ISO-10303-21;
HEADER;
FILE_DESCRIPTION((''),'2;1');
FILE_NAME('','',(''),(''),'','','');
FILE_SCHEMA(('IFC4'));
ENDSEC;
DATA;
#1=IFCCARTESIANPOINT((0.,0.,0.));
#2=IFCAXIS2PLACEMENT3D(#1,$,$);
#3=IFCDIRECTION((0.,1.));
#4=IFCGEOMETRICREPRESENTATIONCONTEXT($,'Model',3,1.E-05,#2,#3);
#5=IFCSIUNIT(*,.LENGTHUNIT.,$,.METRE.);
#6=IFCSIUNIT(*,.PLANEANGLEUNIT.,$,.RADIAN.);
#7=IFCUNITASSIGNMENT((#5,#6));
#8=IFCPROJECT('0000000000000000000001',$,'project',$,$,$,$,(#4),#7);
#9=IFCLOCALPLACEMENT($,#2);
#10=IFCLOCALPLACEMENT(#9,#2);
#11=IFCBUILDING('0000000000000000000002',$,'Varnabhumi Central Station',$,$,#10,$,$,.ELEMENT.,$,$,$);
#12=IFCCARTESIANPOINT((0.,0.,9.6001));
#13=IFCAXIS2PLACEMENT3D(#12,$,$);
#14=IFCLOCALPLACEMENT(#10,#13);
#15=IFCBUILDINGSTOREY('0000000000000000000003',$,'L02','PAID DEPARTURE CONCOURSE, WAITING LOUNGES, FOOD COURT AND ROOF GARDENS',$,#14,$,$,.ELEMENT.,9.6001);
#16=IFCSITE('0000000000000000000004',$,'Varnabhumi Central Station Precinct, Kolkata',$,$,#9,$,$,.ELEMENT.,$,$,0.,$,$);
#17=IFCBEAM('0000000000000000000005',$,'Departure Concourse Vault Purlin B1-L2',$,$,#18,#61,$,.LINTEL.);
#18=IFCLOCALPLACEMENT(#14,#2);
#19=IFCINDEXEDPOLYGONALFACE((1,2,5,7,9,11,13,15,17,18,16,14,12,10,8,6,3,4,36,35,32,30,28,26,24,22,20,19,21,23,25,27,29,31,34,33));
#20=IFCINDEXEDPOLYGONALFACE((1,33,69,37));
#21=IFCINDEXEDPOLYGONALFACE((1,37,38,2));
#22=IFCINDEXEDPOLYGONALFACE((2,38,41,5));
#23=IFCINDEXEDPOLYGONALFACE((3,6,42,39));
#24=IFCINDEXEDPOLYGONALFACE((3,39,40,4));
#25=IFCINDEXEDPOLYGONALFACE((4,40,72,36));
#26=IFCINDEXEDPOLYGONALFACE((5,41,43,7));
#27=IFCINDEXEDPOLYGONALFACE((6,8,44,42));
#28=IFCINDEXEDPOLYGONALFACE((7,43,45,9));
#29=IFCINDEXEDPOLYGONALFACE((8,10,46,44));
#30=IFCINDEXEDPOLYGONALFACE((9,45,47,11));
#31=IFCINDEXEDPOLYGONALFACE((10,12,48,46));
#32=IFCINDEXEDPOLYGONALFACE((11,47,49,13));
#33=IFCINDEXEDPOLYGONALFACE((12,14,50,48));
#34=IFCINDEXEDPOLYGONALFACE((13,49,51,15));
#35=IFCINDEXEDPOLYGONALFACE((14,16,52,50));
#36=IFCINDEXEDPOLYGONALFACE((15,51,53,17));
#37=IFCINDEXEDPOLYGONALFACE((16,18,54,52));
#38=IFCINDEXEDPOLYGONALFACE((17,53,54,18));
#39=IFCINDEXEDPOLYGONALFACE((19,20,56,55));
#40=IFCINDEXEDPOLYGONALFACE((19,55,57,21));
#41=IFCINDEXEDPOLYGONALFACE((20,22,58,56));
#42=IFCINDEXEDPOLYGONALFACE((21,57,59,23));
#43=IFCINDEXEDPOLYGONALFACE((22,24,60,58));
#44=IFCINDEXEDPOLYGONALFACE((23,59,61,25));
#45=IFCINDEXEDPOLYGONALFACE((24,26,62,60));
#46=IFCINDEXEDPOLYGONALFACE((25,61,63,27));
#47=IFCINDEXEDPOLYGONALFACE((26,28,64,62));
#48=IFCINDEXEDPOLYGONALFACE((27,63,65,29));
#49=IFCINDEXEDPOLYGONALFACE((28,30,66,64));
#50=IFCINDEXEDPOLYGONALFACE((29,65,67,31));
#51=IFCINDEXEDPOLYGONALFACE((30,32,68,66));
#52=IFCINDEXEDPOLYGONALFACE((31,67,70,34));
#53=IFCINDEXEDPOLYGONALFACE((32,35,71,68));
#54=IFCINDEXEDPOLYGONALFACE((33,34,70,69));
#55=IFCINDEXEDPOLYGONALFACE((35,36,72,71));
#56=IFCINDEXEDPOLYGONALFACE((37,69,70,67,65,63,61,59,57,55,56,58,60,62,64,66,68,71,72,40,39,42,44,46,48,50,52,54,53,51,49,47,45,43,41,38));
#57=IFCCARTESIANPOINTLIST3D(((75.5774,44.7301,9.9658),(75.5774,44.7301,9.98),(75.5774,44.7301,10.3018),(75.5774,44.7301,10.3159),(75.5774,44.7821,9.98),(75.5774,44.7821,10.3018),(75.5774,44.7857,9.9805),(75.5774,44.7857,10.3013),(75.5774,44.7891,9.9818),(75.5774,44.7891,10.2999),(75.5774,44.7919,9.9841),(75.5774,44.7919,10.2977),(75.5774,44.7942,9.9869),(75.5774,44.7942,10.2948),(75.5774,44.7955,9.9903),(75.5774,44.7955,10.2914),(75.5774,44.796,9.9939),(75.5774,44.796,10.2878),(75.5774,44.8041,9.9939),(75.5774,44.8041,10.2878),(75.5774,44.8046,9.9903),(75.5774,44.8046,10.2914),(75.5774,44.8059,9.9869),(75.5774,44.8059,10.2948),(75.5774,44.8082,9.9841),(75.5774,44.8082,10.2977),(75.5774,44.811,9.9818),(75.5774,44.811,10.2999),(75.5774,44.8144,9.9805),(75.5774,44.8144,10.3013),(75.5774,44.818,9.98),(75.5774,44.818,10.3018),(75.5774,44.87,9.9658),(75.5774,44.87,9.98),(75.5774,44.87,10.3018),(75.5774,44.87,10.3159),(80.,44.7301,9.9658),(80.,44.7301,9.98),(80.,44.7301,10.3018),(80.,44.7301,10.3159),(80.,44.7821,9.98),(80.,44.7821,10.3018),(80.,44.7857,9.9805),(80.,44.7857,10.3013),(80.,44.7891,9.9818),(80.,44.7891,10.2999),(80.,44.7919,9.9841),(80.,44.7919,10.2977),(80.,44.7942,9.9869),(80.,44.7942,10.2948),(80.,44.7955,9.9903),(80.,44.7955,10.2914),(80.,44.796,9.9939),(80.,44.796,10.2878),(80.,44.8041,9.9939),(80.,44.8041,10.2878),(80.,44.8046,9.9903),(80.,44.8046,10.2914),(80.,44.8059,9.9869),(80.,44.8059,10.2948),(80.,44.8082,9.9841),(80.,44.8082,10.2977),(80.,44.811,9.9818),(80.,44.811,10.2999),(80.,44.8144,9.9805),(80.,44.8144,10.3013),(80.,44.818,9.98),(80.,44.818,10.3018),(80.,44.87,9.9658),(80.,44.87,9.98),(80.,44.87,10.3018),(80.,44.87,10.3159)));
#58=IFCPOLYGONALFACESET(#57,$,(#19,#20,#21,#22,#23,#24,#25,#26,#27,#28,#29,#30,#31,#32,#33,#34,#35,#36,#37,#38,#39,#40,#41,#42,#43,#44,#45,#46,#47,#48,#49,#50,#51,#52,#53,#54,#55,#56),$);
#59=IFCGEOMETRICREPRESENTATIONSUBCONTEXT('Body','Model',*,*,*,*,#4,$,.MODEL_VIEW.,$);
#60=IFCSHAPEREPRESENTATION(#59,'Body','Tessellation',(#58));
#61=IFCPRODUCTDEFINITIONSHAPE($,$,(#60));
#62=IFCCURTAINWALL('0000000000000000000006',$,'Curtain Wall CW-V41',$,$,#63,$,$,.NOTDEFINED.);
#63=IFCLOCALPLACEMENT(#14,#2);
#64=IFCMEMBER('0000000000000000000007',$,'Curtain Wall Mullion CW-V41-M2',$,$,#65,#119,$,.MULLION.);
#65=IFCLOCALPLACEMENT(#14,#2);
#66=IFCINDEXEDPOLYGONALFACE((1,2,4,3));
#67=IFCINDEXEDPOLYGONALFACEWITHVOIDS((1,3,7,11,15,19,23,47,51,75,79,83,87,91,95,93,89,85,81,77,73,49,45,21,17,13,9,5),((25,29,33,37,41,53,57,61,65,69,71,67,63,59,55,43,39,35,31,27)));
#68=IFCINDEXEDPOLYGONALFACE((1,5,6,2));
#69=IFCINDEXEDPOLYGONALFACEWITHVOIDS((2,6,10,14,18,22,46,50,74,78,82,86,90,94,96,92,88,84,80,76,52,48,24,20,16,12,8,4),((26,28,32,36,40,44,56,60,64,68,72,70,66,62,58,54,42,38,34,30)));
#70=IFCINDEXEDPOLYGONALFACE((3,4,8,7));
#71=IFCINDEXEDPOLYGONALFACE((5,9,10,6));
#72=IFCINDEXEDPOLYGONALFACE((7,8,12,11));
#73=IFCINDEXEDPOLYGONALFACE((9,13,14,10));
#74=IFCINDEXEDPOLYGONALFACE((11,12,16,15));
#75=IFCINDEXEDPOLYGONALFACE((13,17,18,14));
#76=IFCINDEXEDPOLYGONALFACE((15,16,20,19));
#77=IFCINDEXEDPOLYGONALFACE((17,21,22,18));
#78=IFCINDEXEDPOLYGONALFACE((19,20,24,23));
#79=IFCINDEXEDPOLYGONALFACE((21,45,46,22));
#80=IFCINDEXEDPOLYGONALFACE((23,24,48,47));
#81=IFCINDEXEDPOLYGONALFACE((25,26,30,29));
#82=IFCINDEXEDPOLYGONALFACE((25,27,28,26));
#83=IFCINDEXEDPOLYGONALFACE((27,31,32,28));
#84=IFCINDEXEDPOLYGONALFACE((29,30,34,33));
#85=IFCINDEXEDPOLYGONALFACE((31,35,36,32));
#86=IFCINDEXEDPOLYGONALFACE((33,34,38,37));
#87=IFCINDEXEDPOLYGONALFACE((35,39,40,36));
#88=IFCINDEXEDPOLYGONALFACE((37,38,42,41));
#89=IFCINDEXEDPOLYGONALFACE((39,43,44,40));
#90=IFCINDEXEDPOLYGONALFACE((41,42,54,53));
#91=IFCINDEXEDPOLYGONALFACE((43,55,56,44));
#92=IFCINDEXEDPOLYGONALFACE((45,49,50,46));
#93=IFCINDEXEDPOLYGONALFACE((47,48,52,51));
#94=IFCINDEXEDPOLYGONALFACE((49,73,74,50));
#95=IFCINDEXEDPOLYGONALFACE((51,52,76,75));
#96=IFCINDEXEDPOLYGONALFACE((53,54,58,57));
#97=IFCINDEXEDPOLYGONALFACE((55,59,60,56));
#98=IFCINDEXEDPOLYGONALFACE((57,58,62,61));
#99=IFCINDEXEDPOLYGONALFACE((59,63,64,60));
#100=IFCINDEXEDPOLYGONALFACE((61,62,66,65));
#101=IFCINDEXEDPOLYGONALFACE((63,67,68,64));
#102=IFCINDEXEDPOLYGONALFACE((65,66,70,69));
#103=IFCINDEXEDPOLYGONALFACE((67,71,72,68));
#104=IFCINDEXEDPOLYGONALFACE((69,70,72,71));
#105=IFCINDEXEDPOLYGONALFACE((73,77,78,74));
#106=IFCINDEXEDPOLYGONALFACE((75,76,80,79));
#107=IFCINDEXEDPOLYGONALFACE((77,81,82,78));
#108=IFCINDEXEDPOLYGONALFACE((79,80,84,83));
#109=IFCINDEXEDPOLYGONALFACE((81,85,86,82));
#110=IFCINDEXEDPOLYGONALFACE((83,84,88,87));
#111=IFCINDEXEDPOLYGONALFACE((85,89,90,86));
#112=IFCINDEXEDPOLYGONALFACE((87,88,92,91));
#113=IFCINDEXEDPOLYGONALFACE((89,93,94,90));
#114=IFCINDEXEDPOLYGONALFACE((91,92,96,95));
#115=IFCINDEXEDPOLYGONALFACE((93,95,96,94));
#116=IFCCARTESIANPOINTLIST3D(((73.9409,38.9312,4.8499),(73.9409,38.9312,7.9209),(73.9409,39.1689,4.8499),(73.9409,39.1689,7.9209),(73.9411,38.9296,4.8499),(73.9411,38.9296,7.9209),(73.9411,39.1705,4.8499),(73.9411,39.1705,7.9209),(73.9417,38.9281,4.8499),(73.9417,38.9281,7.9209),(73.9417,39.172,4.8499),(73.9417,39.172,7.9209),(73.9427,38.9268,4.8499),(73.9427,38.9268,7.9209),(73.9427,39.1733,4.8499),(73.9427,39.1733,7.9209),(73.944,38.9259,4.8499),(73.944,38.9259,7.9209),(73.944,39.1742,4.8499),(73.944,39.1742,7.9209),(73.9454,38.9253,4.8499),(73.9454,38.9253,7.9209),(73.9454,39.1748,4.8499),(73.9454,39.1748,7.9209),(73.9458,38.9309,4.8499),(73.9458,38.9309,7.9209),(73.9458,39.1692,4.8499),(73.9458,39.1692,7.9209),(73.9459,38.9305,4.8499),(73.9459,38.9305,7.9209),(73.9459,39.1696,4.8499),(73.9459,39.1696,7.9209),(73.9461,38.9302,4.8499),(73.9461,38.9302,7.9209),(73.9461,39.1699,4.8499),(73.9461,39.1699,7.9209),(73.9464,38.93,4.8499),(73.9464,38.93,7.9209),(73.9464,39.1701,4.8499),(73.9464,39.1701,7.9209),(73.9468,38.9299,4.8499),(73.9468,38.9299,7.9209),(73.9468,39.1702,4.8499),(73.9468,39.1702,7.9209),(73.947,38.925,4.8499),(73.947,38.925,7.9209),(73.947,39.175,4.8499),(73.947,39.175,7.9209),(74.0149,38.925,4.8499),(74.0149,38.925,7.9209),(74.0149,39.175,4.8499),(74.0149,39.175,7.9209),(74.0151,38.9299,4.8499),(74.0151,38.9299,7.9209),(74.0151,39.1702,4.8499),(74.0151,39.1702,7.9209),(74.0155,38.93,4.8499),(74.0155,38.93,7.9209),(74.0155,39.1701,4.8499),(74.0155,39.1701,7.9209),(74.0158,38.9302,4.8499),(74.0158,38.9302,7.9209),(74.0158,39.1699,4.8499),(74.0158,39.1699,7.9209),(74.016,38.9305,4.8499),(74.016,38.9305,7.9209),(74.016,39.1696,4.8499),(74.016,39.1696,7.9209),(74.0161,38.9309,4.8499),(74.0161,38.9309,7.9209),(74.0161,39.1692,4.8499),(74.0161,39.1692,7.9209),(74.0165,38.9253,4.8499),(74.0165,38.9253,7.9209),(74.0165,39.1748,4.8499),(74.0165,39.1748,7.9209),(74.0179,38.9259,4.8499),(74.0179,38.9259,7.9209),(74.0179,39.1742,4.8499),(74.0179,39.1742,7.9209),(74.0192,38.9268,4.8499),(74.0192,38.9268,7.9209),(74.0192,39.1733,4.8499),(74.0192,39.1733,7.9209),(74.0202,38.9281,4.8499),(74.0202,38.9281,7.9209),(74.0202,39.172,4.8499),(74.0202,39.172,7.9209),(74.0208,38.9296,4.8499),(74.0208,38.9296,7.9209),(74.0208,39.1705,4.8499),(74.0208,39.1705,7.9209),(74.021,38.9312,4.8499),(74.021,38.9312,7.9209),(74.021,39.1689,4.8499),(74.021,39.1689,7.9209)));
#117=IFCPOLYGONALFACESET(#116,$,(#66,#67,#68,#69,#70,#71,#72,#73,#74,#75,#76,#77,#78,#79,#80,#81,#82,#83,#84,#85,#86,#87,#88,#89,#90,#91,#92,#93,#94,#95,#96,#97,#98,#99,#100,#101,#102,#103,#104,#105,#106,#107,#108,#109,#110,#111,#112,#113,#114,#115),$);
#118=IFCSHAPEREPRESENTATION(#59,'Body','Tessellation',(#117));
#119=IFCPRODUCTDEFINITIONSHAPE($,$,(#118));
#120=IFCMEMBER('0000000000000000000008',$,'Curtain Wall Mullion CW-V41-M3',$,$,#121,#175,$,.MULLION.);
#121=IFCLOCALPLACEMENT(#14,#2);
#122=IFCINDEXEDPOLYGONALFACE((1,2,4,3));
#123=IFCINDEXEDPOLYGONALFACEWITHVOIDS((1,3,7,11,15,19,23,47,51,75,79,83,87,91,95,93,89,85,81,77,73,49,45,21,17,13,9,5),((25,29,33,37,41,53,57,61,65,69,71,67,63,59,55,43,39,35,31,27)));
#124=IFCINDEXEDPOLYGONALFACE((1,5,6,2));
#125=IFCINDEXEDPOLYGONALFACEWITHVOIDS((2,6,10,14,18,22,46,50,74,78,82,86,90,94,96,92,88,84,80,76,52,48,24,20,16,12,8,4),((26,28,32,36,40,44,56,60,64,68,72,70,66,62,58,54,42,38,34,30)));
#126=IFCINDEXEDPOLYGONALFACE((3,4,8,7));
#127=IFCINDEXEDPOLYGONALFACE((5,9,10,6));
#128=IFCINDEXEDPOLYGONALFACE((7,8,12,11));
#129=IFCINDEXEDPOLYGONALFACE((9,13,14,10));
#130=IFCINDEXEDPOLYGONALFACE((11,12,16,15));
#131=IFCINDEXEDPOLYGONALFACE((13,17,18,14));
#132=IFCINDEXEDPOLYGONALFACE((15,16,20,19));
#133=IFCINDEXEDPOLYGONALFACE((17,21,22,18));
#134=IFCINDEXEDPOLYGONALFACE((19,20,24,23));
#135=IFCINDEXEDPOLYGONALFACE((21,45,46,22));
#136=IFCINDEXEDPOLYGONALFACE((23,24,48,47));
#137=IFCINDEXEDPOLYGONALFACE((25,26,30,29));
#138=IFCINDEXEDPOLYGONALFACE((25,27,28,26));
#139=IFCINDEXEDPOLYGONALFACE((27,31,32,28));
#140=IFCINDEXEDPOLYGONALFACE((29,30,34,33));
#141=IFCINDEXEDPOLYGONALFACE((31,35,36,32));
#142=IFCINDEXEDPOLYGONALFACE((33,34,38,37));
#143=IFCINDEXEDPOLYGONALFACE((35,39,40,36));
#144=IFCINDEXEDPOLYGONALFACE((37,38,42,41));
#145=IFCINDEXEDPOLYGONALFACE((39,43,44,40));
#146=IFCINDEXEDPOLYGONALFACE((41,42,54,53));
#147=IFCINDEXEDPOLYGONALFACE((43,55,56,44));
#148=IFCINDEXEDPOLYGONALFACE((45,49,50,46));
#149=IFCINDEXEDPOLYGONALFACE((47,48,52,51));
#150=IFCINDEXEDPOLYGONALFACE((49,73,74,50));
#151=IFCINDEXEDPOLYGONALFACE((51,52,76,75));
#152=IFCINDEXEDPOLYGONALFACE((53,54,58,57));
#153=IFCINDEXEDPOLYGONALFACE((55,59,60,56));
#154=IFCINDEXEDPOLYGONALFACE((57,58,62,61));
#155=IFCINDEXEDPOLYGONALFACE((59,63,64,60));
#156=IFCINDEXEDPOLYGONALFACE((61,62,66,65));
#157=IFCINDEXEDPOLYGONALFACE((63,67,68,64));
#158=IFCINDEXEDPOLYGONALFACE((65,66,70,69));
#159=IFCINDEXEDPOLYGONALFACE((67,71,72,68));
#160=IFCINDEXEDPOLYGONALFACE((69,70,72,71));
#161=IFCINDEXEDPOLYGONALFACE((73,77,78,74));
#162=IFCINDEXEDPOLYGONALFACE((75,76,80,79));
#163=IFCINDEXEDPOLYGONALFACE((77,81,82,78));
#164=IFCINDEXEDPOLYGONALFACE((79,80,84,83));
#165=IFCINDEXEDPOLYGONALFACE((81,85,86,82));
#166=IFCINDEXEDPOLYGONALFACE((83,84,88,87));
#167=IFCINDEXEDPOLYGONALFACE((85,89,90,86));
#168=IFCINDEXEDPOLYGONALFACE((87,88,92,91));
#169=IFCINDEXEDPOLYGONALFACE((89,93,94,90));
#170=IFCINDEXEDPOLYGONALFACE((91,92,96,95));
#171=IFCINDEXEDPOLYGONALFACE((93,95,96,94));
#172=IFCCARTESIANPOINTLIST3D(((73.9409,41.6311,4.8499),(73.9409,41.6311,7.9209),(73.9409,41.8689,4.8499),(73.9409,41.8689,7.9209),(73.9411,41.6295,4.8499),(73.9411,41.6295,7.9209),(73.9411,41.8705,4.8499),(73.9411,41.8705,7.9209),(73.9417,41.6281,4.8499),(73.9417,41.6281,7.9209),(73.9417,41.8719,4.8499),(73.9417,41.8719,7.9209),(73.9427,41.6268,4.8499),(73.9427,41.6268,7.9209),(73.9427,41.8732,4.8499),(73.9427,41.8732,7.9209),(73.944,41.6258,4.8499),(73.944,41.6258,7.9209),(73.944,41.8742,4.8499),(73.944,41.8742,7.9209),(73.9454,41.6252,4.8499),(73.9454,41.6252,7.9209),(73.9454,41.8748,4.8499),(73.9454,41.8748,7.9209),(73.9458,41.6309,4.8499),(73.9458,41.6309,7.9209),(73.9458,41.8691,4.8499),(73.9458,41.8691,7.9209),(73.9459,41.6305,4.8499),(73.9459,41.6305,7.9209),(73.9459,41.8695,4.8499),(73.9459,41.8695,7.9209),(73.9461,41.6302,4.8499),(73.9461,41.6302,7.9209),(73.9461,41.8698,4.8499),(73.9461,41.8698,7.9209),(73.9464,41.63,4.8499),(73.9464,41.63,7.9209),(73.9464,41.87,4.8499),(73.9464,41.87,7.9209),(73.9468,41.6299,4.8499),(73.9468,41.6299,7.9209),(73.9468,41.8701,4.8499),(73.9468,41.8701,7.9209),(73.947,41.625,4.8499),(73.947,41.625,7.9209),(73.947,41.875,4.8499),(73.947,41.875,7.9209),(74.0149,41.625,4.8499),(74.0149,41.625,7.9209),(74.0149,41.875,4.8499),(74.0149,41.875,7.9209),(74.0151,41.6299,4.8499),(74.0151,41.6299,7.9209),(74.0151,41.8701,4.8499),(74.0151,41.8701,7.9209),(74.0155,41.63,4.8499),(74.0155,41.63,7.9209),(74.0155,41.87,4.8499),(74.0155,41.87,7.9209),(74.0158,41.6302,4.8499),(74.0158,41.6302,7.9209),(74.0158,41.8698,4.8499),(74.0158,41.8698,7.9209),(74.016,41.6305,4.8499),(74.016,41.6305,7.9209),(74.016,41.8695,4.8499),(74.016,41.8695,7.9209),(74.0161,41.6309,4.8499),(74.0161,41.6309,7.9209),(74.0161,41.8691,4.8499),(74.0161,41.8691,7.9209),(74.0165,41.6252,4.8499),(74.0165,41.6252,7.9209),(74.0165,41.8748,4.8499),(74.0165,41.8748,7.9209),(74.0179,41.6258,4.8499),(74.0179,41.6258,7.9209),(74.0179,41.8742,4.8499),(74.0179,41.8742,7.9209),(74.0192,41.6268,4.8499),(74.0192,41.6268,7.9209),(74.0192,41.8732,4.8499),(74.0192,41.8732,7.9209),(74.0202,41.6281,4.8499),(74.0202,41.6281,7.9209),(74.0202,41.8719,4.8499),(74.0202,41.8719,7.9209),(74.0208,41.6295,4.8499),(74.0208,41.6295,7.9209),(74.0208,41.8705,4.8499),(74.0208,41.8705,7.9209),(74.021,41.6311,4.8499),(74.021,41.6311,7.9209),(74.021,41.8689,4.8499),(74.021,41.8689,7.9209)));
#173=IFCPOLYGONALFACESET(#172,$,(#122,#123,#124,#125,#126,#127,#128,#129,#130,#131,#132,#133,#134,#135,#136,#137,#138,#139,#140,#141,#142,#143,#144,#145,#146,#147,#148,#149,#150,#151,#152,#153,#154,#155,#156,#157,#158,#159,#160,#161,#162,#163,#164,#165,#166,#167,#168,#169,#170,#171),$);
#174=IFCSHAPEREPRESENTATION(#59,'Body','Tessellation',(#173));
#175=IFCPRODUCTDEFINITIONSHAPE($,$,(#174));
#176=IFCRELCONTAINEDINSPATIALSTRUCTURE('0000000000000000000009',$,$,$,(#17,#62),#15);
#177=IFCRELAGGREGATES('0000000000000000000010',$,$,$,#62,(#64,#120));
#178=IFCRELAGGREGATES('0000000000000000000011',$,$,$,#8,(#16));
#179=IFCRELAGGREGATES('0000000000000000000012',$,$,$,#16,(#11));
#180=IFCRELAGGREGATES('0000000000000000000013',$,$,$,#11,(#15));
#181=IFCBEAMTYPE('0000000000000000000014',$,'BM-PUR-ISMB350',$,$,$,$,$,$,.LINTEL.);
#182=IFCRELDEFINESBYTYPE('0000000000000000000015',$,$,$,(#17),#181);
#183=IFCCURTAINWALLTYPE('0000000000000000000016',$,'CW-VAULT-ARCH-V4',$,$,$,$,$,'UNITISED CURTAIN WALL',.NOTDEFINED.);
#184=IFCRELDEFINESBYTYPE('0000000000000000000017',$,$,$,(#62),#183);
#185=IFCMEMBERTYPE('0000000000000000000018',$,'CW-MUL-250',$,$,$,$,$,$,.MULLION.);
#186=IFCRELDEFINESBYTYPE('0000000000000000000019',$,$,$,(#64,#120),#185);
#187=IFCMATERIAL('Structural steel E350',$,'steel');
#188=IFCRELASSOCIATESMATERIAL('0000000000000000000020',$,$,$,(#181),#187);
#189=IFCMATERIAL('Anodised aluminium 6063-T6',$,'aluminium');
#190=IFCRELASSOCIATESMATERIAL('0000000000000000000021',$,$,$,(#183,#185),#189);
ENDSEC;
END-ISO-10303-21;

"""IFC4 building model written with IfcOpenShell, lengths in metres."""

from ifc_helpers import new_model, si_unit, direction, frame, origin, origin_2d, place, context, subcontext, project, spatial, hollow_rectangle, i_section, extrude, material, material_profile, profile_set, type_object, element, aggregate, save


model = new_model("IFC4")

# Units and contexts
model_context = context("Model", 3, precision=1e-05, world=origin(), true_north=direction((0.0, 1.0)))
body_context = subcontext(model_context, "Body", "Model", "MODEL_VIEW")
ifc_project = project(units=[si_unit("LENGTHUNIT", "METRE"), si_unit("PLANEANGLEUNIT", "RADIAN")], contexts=[model_context])

# Site, building, storey
site_placement = place(None, origin())
site = spatial("IfcSite", under=ifc_project, at=site_placement, Name="Varnabhumi Central Station Precinct, Kolkata", CompositionType="ELEMENT", RefElevation=0.0)
building_placement = place(site_placement, origin())
building = spatial("IfcBuilding", under=site, at=building_placement, Name="Varnabhumi Central Station", CompositionType="ELEMENT")
storey_placement = place(building_placement, frame((0.0, 0.0, 9.6001)))
storey = spatial("IfcBuildingStorey", under=building, at=storey_placement, Name="L02", Description="PAID DEPARTURE CONCOURSE, WAITING LOUNGES, FOOD COURT AND ROOF GARDENS", CompositionType="ELEMENT", Elevation=9.6001)

# Beam
ifc_material_1 = material(Name="Structural steel E350", Category="steel")
ifc_material_profile_1 = material_profile(ifc_material_1, i_section(OverallWidth=0.1399, OverallDepth=0.3501, WebThickness=0.0081, FlangeThickness=0.0142, FilletRadius=0.0139, at=origin_2d()), Name="Structural steel E350", Category="steel")
ifc_profile_set_1 = profile_set([ifc_material_profile_1], Name="Structural steel E350")
beam_type_1 = type_object("IfcBeamType", Name="BM-PUR-ISMB350", PredefinedType="LINTEL", material=ifc_profile_set_1)
beam_1_placement = place(storey_placement, frame((75.5774, 44.8, 10.1409), z_axis=(1.0, 0.0, 0.0), x_axis=(0.0, 1.0, 0.0)))
element("IfcBeam", 1, at=beam_1_placement, inside=storey, type_object=beam_type_1, Name="Departure Concourse Vault Purlin B1-L2", PredefinedType="LINTEL", context=body_context, shape_type="SweptSolid", body=[
    extrude(i_section(OverallWidth=0.1399, OverallDepth=0.3501, WebThickness=0.0081, FlangeThickness=0.0142, FilletRadius=0.0139, at=origin_2d()), origin(), (0.0, 0.0, 1.0), 4.4226),
])

# Curtain wall, members
ifc_material_2 = material(Name="Anodised aluminium 6063-T6", Category="aluminium")
curtain_wall_type = type_object("IfcCurtainWallType", Name="CW-VAULT-ARCH-V4", ElementType="UNITISED CURTAIN WALL", PredefinedType="NOTDEFINED", material=ifc_material_2)
curtain_wall_1_placement = place(storey_placement, origin())
curtain_wall_1 = element("IfcCurtainWall", 2, at=curtain_wall_1_placement, inside=storey, type_object=curtain_wall_type, Name="Curtain Wall CW-V41", PredefinedType="NOTDEFINED")
ifc_material_profile_2 = material_profile(ifc_material_2, hollow_rectangle(XDim=0.0801, YDim=0.25, WallThickness=0.0049, InnerFilletRadius=0.001, OuterFilletRadius=0.0061, at=origin_2d()), Name="Anodised aluminium 6063-T6", Category="aluminium")
ifc_profile_set_2 = profile_set([ifc_material_profile_2], Name="Anodised aluminium 6063-T6")
member_type_1 = type_object("IfcMemberType", Name="CW-MUL-250", PredefinedType="MULLION", material=ifc_profile_set_2)
member_1_placement = place(storey_placement, frame((73.981, 39.05, 4.8499), z_axis=(0.0, 0.0, 1.0), x_axis=(1.0, 0.0, 0.0)))
member_1 = element("IfcMember", 3, at=member_1_placement, type_object=member_type_1, Name="Curtain Wall Mullion CW-V41-M2", PredefinedType="MULLION", context=body_context, shape_type="SweptSolid", body=[
    extrude(hollow_rectangle(XDim=0.0801, YDim=0.25, WallThickness=0.0049, InnerFilletRadius=0.001, OuterFilletRadius=0.0061, at=origin_2d()), origin(), (0.0, 0.0, 1.0), 3.071),
])
member_2_placement = place(storey_placement, frame((73.981, 41.75, 4.8499), z_axis=(0.0, 0.0, 1.0), x_axis=(1.0, 0.0, 0.0)))
member_2 = element("IfcMember", 4, at=member_2_placement, type_object=member_type_1, Name="Curtain Wall Mullion CW-V41-M3", PredefinedType="MULLION", context=body_context, shape_type="SweptSolid", body=[
    extrude(hollow_rectangle(XDim=0.0801, YDim=0.25, WallThickness=0.0049, InnerFilletRadius=0.001, OuterFilletRadius=0.0061, at=origin_2d()), origin(), (0.0, 0.0, 1.0), 3.071),
])

aggregate(curtain_wall_1, [member_1, member_2])

save(model, "model.ifc")
